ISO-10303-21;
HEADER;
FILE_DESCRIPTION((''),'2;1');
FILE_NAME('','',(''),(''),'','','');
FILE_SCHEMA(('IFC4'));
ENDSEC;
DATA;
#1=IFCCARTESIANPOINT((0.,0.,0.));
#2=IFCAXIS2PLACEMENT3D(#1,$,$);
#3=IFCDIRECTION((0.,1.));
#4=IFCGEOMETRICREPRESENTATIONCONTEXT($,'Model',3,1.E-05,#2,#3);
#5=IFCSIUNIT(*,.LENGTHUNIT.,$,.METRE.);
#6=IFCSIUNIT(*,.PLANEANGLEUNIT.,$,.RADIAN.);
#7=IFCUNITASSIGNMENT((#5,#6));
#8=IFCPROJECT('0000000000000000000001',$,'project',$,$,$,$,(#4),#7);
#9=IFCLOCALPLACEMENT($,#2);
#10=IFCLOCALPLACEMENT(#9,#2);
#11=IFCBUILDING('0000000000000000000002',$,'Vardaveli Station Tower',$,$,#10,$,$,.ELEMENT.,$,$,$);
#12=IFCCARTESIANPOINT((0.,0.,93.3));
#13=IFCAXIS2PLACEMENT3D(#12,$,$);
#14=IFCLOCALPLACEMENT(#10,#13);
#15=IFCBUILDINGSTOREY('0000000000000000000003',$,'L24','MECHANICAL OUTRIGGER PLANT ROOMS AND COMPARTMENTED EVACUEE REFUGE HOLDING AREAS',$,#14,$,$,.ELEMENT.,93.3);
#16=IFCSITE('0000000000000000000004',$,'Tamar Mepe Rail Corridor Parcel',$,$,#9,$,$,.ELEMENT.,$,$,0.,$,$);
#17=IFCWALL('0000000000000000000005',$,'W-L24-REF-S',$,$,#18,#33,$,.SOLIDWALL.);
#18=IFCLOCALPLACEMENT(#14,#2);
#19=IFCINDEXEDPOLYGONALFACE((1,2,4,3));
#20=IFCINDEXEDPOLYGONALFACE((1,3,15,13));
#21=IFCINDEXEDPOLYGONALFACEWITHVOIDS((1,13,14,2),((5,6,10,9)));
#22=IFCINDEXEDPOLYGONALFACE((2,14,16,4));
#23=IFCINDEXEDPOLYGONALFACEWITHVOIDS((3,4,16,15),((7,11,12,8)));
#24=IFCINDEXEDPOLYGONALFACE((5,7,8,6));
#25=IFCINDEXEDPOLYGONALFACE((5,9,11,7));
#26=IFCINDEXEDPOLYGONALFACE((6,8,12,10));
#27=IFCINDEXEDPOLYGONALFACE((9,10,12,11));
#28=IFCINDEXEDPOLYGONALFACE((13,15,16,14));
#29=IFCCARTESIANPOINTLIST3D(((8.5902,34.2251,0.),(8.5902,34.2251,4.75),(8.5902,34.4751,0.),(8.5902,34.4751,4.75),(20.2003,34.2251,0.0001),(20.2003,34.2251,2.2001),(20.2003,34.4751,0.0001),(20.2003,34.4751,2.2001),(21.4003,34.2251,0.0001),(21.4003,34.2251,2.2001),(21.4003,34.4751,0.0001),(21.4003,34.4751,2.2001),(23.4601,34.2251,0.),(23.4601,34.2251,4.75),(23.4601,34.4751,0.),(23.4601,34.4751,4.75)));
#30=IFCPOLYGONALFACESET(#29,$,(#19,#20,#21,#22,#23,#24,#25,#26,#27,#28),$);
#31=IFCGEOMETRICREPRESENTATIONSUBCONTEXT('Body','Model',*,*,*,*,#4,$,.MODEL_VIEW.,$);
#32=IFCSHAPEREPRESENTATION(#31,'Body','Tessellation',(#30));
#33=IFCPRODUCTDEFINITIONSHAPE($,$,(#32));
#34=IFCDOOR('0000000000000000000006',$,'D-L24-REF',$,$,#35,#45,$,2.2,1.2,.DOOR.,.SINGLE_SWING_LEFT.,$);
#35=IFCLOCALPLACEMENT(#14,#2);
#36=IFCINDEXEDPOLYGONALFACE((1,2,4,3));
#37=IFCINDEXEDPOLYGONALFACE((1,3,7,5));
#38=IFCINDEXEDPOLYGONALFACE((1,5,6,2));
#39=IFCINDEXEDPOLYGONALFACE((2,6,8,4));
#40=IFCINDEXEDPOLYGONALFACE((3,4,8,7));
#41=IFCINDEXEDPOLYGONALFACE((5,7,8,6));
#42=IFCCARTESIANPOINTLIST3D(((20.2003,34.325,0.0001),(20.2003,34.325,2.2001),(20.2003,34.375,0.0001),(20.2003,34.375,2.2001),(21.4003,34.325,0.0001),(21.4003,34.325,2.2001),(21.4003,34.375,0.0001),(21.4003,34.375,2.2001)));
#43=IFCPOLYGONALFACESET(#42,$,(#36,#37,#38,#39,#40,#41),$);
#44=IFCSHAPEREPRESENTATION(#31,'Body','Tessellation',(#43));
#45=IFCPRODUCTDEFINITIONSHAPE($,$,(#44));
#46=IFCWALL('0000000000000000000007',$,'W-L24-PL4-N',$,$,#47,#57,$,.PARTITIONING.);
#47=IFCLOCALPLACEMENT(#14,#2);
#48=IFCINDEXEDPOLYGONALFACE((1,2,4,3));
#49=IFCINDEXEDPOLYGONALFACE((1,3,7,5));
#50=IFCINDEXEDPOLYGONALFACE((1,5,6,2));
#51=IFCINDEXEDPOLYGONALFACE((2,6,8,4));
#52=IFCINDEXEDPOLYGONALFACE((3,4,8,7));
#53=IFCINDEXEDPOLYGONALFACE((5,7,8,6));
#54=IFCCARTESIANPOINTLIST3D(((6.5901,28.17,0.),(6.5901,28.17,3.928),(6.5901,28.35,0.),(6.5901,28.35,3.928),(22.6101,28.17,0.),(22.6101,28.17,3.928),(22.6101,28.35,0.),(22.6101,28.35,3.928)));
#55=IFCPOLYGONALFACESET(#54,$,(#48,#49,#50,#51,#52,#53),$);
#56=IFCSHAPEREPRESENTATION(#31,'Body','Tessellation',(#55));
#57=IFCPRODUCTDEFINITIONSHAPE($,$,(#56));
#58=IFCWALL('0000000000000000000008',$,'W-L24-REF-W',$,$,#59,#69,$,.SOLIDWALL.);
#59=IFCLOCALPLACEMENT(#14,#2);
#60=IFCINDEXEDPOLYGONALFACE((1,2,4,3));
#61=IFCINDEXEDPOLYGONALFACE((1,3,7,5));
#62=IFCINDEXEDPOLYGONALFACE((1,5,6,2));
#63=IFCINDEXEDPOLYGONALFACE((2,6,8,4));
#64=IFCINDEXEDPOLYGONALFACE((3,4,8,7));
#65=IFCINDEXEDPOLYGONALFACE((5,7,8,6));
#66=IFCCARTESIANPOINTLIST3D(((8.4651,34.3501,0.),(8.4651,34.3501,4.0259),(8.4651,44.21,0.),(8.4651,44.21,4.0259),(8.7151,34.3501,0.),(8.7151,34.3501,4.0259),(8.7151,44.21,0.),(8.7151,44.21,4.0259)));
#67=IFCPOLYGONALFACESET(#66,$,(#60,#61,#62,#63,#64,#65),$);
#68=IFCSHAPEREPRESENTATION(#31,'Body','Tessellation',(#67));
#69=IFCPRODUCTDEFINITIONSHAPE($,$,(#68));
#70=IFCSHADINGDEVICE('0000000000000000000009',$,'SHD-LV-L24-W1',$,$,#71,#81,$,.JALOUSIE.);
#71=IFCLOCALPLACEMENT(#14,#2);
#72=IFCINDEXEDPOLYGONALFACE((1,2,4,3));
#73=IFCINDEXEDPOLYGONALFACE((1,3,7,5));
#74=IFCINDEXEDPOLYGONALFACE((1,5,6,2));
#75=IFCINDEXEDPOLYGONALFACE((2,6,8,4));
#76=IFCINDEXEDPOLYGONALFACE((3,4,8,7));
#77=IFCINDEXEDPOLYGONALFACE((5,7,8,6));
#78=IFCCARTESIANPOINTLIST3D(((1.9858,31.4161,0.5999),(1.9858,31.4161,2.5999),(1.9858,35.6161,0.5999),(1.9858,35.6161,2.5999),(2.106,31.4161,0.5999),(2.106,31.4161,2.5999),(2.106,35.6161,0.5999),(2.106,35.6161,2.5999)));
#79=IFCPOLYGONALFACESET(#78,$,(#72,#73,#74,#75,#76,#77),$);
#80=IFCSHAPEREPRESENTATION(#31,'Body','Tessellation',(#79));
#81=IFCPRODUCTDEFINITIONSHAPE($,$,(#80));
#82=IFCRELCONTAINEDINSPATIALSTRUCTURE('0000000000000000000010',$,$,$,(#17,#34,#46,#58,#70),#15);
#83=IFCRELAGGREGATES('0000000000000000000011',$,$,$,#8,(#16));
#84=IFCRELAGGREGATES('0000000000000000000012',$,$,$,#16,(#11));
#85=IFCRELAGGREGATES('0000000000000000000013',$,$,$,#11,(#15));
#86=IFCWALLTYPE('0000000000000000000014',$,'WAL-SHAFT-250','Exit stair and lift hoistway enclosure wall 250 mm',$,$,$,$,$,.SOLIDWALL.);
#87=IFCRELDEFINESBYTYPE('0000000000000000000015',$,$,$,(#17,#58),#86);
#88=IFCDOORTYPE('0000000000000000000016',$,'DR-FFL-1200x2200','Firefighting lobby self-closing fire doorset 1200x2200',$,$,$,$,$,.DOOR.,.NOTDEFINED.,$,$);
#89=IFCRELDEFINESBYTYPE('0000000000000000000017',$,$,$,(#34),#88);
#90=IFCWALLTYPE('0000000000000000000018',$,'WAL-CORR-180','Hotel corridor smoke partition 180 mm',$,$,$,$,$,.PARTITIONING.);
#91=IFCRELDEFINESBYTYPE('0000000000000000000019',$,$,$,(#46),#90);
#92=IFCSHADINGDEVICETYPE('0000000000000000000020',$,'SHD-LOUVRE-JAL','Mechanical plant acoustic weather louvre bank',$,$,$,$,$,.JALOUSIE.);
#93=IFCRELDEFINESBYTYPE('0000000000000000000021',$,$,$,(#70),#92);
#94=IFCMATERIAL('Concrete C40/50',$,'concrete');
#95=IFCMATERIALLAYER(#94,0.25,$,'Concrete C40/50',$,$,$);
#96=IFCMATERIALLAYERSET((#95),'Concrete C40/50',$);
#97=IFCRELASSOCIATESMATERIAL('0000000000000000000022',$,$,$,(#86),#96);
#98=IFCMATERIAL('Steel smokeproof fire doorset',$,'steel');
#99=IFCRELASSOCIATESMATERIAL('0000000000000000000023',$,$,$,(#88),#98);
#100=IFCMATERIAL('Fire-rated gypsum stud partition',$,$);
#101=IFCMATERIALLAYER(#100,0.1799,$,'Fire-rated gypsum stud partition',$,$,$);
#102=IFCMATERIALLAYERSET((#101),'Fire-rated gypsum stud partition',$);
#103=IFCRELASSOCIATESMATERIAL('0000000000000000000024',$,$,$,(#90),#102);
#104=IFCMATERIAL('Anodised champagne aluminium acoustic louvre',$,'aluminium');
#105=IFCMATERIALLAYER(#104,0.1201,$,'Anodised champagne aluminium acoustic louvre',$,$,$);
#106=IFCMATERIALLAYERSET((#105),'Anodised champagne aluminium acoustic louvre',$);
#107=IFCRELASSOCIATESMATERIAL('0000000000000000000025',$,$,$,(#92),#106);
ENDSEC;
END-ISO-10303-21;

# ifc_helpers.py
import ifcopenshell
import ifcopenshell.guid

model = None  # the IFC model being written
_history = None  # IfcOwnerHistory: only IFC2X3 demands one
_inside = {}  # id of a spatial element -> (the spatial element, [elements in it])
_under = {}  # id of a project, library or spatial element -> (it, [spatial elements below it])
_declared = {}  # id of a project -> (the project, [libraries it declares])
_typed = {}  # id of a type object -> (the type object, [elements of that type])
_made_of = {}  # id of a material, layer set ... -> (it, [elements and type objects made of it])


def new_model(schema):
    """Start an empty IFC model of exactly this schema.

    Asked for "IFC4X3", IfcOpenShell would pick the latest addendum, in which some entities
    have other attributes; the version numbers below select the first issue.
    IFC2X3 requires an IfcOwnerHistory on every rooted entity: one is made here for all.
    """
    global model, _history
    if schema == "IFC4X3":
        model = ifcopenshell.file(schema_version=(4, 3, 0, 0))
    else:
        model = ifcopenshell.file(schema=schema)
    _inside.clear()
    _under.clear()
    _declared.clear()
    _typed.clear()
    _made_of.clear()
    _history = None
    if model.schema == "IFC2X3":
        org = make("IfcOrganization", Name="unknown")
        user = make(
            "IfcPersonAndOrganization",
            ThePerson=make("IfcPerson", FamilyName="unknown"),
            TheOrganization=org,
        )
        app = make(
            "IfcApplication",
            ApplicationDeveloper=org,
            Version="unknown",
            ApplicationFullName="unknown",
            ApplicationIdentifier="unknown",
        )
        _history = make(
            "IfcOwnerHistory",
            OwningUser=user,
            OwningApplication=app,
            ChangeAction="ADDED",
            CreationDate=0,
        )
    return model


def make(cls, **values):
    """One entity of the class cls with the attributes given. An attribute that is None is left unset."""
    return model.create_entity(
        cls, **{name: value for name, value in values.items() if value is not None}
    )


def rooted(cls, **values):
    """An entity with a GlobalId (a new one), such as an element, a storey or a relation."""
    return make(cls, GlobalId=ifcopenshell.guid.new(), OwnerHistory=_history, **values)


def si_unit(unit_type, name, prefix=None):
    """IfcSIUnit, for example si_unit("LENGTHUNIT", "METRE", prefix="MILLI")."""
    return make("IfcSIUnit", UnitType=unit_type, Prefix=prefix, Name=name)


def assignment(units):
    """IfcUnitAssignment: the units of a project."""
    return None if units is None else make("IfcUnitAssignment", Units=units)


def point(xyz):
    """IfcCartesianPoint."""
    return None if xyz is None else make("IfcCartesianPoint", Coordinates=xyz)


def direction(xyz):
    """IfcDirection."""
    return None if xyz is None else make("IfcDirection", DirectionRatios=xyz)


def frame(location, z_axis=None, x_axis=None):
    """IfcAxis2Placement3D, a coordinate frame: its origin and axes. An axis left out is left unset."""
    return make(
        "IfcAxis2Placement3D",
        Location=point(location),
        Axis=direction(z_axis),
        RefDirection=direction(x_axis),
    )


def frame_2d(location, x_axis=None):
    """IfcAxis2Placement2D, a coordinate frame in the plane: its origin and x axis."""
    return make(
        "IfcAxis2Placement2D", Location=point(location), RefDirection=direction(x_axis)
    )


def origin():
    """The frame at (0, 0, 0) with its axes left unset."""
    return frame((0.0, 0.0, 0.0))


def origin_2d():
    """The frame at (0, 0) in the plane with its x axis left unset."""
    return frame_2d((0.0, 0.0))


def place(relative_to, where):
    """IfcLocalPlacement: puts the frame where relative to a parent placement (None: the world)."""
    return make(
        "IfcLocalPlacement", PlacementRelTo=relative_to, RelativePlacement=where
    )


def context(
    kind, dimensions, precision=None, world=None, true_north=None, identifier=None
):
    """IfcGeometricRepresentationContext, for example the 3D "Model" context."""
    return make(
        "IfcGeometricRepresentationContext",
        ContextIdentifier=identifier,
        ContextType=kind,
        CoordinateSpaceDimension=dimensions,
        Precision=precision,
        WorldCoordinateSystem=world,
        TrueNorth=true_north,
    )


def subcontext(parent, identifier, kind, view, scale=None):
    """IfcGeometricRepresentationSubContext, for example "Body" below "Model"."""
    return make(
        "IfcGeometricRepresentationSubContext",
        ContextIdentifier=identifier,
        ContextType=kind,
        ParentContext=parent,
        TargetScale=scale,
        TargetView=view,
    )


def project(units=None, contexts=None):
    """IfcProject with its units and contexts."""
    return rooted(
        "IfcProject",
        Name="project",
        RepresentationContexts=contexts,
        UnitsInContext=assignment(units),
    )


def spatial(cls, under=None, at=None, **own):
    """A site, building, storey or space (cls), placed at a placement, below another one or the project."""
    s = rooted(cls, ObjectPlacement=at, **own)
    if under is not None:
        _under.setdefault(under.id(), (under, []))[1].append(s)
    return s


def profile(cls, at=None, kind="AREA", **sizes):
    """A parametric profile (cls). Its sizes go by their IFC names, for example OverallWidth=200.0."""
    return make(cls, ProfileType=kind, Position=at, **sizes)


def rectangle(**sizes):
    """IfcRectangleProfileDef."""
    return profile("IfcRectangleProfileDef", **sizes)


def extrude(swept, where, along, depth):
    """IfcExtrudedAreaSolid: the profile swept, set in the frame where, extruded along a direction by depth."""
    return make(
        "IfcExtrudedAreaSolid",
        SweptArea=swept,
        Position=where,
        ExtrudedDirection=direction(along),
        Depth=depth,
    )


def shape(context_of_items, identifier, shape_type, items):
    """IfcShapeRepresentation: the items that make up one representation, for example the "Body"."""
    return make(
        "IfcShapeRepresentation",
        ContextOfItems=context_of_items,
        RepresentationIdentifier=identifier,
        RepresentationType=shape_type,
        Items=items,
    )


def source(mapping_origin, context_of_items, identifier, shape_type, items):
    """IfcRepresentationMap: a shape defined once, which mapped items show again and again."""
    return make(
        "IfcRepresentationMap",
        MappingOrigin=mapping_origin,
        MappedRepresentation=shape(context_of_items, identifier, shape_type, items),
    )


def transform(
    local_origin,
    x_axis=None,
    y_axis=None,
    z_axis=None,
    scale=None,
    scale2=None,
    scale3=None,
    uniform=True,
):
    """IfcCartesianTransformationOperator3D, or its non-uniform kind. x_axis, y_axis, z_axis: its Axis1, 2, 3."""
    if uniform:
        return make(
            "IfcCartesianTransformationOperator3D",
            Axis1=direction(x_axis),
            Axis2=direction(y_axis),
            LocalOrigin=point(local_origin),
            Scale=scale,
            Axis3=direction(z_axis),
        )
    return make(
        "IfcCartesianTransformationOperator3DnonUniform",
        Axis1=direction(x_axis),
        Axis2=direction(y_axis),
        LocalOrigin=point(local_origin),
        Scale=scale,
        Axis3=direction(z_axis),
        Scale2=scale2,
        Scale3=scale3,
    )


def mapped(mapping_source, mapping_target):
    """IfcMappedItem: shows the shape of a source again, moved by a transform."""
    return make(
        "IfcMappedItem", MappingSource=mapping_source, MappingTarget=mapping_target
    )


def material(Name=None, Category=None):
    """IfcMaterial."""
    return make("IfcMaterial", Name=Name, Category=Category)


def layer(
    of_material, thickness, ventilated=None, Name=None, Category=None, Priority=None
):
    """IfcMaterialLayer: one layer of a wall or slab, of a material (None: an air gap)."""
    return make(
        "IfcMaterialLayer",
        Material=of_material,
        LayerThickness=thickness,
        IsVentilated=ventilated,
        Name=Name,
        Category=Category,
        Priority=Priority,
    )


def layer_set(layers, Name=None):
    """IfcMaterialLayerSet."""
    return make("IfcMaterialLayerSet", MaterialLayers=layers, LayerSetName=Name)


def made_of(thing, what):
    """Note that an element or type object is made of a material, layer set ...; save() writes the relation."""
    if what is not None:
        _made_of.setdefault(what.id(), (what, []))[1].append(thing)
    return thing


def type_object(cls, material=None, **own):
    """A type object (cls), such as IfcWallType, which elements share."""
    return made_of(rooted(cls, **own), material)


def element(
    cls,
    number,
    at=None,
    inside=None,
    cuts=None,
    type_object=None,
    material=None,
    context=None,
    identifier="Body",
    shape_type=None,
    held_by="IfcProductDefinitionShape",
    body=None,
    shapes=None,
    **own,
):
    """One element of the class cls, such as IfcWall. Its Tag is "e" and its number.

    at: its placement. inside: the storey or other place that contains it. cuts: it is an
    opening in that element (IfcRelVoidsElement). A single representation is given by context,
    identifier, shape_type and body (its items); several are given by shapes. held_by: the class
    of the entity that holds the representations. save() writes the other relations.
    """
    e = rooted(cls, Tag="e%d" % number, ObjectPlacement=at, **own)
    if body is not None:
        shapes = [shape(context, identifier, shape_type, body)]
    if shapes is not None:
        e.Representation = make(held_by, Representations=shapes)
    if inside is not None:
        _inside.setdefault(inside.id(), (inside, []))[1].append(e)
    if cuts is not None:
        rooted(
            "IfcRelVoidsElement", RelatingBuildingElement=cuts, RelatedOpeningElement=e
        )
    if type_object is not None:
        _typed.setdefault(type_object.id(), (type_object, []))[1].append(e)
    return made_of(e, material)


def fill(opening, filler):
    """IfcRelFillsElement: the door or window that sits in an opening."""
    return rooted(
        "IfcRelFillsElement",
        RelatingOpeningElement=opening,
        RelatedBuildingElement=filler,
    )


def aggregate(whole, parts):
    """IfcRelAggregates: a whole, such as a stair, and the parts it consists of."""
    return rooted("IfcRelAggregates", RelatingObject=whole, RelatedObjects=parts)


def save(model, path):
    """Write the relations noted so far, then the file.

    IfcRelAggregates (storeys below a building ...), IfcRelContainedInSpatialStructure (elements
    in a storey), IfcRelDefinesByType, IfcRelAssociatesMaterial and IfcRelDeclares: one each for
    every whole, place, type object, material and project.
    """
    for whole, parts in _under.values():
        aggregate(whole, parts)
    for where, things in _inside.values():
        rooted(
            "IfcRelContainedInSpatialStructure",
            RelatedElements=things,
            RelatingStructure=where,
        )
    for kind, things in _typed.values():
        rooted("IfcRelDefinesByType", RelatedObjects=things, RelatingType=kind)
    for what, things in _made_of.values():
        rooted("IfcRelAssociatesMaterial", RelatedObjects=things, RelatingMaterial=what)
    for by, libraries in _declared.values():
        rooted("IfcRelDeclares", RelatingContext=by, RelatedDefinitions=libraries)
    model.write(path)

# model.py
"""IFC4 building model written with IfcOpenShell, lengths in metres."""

from ifc_helpers import new_model, si_unit, direction, frame, frame_2d, origin, origin_2d, place, context, subcontext, project, spatial, rectangle, extrude, source, transform, mapped, material, layer, layer_set, type_object, element, fill, save


model = new_model("IFC4")

# Units and contexts
model_context = context("Model", 3, precision=1e-05, world=origin(), true_north=direction((0.0, 1.0)))
body_context = subcontext(model_context, "Body", "Model", "MODEL_VIEW")
ifc_project = project(units=[si_unit("LENGTHUNIT", "METRE"), si_unit("PLANEANGLEUNIT", "RADIAN")], contexts=[model_context])

# Site, building, storey
site_placement = place(None, origin())
site = spatial("IfcSite", under=ifc_project, at=site_placement, Name="Tamar Mepe Rail Corridor Parcel", CompositionType="ELEMENT", RefElevation=0.0)
building_placement = place(site_placement, origin())
building = spatial("IfcBuilding", under=site, at=building_placement, Name="Vardaveli Station Tower", CompositionType="ELEMENT")
storey_placement = place(building_placement, frame((0.0, 0.0, 93.3)))
storey = spatial("IfcBuildingStorey", under=building, at=storey_placement, Name="L24", Description="MECHANICAL OUTRIGGER PLANT ROOMS AND COMPARTMENTED EVACUEE REFUGE HOLDING AREAS", CompositionType="ELEMENT", Elevation=93.3)

# Wall, opening, door
ifc_material_1 = material(Name="Concrete C40/50", Category="concrete")
ifc_layer_1 = layer(ifc_material_1, 0.25, Name="Concrete C40/50")
ifc_layer_set_1 = layer_set([ifc_layer_1], Name="Concrete C40/50")
wall_type_1 = type_object("IfcWallType", Name="WAL-SHAFT-250", Description="Exit stair and lift hoistway enclosure wall 250 mm", PredefinedType="SOLIDWALL", material=ifc_layer_set_1)
shared_shape_1 = source(origin(), body_context, "Body", "SweptSolid", [
    extrude(rectangle(XDim=14.8699, YDim=0.25, at=frame_2d((7.4351, 0.0))), origin(), (0.0, 0.0, 1.0), 4.75),
])
wall_1_placement = place(storey_placement, frame((8.5901, 34.3501, 0.0), z_axis=(0.0, 0.0, 1.0), x_axis=(1.0, 0.0, 0.0)))
wall_1 = element("IfcWall", 1, at=wall_1_placement, inside=storey, type_object=wall_type_1, Name="W-L24-REF-S", PredefinedType="SOLIDWALL", context=body_context, shape_type="MappedRepresentation", body=[
    mapped(shared_shape_1, transform((0.0, 0.0, 0.0), scale=1.0)),
])
shared_shape_2 = source(origin(), body_context, "Body", "SweptSolid", [
    extrude(rectangle(XDim=1.2, YDim=2.2, at=frame_2d((0.6001, 1.1001))), frame((0.0, 0.135, 0.0), z_axis=(0.0, -1.0, 0.0), x_axis=(1.0, 0.0, 0.0)), (0.0, 0.0, 1.0), 0.27),
])
opening_placement = place(wall_1_placement, frame((11.6101, 0.0, 0.0)))
opening = element("IfcOpeningElement", 2, at=opening_placement, cuts=wall_1, PredefinedType="OPENING", context=body_context, shape_type="MappedRepresentation", body=[
    mapped(shared_shape_2, transform((0.0, 0.0, 0.0), scale=1.0)),
])
ifc_material_2 = material(Name="Steel smokeproof fire doorset", Category="steel")
door_type = type_object("IfcDoorType", Name="DR-FFL-1200x2200", Description="Firefighting lobby self-closing fire doorset 1200x2200", OperationType="NOTDEFINED", PredefinedType="DOOR", material=ifc_material_2)
shared_shape_3 = source(origin(), body_context, "Body", "SweptSolid", [
    extrude(rectangle(XDim=1.2, YDim=2.2, at=frame_2d((0.6001, 1.1001))), frame((0.0, 0.0249, 0.0), z_axis=(0.0, -1.0, 0.0), x_axis=(1.0, 0.0, 0.0)), (0.0, 0.0, 1.0), 0.05),
])
door_placement = place(opening_placement, origin())
door = element("IfcDoor", 3, at=door_placement, inside=storey, type_object=door_type, Name="D-L24-REF", OperationType="SINGLE_SWING_LEFT", OverallHeight=2.2, OverallWidth=1.2, PredefinedType="DOOR", context=body_context, shape_type="MappedRepresentation", body=[
    mapped(shared_shape_3, transform((0.0, 0.0, 0.0), scale=1.0)),
])
fill(opening, door)

# Walls
ifc_material_3 = material(Name="Fire-rated gypsum stud partition")
ifc_layer_2 = layer(ifc_material_3, 0.1799, Name="Fire-rated gypsum stud partition")
ifc_layer_set_2 = layer_set([ifc_layer_2], Name="Fire-rated gypsum stud partition")
wall_type_2 = type_object("IfcWallType", Name="WAL-CORR-180", Description="Hotel corridor smoke partition 180 mm", PredefinedType="PARTITIONING", material=ifc_layer_set_2)
shared_shape_4 = source(origin(), body_context, "Body", "SweptSolid", [
    extrude(rectangle(XDim=16.02, YDim=0.1799, at=frame_2d((8.01, 0.0))), origin(), (0.0, 0.0, 1.0), 3.928),
])
wall_2_placement = place(storey_placement, frame((6.5901, 28.26, 0.0), z_axis=(0.0, 0.0, 1.0), x_axis=(1.0, 0.0, 0.0)))
element("IfcWall", 4, at=wall_2_placement, inside=storey, type_object=wall_type_2, Name="W-L24-PL4-N", PredefinedType="PARTITIONING", context=body_context, shape_type="MappedRepresentation", body=[
    mapped(shared_shape_4, transform((0.0, 0.0, 0.0), scale=1.0)),
])
shared_shape_5 = source(origin(), body_context, "Body", "SweptSolid", [
    extrude(rectangle(XDim=9.8599, YDim=0.25, at=frame_2d((4.9299, 0.0))), origin(), (0.0, 0.0, 1.0), 4.0259),
])
wall_3_placement = place(storey_placement, frame((8.5901, 34.3501, 0.0), z_axis=(0.0, 0.0, 1.0), x_axis=(0.0, 1.0, 0.0)))
element("IfcWall", 5, at=wall_3_placement, inside=storey, type_object=wall_type_1, Name="W-L24-REF-W", PredefinedType="SOLIDWALL", context=body_context, shape_type="MappedRepresentation", body=[
    mapped(shared_shape_5, transform((0.0, 0.0, 0.0), scale=1.0)),
])

# Shading device
ifc_material_4 = material(Name="Anodised champagne aluminium acoustic louvre", Category="aluminium")
ifc_layer_3 = layer(ifc_material_4, 0.1201, Name="Anodised champagne aluminium acoustic louvre")
ifc_layer_set_3 = layer_set([ifc_layer_3], Name="Anodised champagne aluminium acoustic louvre")
shading_device_type = type_object("IfcShadingDeviceType", Name="SHD-LOUVRE-JAL", Description="Mechanical plant acoustic weather louvre bank", PredefinedType="JALOUSIE", material=ifc_layer_set_3)
shared_shape_6 = source(origin(), body_context, "Body", "SweptSolid", [
    extrude(rectangle(XDim=4.2, YDim=0.1201, at=origin_2d()), origin(), (0.0, 0.0, 1.0), 2.0),
])
shading_device_placement = place(storey_placement, frame((2.0459, 33.5161, 0.5999), z_axis=(0.0, 0.0, 1.0), x_axis=(0.0, 1.0, 0.0)))
element("IfcShadingDevice", 6, at=shading_device_placement, inside=storey, type_object=shading_device_type, Name="SHD-LV-L24-W1", PredefinedType="JALOUSIE", context=body_context, shape_type="MappedRepresentation", body=[
    mapped(shared_shape_6, transform((0.0, 0.0, 0.0), scale=1.0)),
])

save(model, "model.ifc")
